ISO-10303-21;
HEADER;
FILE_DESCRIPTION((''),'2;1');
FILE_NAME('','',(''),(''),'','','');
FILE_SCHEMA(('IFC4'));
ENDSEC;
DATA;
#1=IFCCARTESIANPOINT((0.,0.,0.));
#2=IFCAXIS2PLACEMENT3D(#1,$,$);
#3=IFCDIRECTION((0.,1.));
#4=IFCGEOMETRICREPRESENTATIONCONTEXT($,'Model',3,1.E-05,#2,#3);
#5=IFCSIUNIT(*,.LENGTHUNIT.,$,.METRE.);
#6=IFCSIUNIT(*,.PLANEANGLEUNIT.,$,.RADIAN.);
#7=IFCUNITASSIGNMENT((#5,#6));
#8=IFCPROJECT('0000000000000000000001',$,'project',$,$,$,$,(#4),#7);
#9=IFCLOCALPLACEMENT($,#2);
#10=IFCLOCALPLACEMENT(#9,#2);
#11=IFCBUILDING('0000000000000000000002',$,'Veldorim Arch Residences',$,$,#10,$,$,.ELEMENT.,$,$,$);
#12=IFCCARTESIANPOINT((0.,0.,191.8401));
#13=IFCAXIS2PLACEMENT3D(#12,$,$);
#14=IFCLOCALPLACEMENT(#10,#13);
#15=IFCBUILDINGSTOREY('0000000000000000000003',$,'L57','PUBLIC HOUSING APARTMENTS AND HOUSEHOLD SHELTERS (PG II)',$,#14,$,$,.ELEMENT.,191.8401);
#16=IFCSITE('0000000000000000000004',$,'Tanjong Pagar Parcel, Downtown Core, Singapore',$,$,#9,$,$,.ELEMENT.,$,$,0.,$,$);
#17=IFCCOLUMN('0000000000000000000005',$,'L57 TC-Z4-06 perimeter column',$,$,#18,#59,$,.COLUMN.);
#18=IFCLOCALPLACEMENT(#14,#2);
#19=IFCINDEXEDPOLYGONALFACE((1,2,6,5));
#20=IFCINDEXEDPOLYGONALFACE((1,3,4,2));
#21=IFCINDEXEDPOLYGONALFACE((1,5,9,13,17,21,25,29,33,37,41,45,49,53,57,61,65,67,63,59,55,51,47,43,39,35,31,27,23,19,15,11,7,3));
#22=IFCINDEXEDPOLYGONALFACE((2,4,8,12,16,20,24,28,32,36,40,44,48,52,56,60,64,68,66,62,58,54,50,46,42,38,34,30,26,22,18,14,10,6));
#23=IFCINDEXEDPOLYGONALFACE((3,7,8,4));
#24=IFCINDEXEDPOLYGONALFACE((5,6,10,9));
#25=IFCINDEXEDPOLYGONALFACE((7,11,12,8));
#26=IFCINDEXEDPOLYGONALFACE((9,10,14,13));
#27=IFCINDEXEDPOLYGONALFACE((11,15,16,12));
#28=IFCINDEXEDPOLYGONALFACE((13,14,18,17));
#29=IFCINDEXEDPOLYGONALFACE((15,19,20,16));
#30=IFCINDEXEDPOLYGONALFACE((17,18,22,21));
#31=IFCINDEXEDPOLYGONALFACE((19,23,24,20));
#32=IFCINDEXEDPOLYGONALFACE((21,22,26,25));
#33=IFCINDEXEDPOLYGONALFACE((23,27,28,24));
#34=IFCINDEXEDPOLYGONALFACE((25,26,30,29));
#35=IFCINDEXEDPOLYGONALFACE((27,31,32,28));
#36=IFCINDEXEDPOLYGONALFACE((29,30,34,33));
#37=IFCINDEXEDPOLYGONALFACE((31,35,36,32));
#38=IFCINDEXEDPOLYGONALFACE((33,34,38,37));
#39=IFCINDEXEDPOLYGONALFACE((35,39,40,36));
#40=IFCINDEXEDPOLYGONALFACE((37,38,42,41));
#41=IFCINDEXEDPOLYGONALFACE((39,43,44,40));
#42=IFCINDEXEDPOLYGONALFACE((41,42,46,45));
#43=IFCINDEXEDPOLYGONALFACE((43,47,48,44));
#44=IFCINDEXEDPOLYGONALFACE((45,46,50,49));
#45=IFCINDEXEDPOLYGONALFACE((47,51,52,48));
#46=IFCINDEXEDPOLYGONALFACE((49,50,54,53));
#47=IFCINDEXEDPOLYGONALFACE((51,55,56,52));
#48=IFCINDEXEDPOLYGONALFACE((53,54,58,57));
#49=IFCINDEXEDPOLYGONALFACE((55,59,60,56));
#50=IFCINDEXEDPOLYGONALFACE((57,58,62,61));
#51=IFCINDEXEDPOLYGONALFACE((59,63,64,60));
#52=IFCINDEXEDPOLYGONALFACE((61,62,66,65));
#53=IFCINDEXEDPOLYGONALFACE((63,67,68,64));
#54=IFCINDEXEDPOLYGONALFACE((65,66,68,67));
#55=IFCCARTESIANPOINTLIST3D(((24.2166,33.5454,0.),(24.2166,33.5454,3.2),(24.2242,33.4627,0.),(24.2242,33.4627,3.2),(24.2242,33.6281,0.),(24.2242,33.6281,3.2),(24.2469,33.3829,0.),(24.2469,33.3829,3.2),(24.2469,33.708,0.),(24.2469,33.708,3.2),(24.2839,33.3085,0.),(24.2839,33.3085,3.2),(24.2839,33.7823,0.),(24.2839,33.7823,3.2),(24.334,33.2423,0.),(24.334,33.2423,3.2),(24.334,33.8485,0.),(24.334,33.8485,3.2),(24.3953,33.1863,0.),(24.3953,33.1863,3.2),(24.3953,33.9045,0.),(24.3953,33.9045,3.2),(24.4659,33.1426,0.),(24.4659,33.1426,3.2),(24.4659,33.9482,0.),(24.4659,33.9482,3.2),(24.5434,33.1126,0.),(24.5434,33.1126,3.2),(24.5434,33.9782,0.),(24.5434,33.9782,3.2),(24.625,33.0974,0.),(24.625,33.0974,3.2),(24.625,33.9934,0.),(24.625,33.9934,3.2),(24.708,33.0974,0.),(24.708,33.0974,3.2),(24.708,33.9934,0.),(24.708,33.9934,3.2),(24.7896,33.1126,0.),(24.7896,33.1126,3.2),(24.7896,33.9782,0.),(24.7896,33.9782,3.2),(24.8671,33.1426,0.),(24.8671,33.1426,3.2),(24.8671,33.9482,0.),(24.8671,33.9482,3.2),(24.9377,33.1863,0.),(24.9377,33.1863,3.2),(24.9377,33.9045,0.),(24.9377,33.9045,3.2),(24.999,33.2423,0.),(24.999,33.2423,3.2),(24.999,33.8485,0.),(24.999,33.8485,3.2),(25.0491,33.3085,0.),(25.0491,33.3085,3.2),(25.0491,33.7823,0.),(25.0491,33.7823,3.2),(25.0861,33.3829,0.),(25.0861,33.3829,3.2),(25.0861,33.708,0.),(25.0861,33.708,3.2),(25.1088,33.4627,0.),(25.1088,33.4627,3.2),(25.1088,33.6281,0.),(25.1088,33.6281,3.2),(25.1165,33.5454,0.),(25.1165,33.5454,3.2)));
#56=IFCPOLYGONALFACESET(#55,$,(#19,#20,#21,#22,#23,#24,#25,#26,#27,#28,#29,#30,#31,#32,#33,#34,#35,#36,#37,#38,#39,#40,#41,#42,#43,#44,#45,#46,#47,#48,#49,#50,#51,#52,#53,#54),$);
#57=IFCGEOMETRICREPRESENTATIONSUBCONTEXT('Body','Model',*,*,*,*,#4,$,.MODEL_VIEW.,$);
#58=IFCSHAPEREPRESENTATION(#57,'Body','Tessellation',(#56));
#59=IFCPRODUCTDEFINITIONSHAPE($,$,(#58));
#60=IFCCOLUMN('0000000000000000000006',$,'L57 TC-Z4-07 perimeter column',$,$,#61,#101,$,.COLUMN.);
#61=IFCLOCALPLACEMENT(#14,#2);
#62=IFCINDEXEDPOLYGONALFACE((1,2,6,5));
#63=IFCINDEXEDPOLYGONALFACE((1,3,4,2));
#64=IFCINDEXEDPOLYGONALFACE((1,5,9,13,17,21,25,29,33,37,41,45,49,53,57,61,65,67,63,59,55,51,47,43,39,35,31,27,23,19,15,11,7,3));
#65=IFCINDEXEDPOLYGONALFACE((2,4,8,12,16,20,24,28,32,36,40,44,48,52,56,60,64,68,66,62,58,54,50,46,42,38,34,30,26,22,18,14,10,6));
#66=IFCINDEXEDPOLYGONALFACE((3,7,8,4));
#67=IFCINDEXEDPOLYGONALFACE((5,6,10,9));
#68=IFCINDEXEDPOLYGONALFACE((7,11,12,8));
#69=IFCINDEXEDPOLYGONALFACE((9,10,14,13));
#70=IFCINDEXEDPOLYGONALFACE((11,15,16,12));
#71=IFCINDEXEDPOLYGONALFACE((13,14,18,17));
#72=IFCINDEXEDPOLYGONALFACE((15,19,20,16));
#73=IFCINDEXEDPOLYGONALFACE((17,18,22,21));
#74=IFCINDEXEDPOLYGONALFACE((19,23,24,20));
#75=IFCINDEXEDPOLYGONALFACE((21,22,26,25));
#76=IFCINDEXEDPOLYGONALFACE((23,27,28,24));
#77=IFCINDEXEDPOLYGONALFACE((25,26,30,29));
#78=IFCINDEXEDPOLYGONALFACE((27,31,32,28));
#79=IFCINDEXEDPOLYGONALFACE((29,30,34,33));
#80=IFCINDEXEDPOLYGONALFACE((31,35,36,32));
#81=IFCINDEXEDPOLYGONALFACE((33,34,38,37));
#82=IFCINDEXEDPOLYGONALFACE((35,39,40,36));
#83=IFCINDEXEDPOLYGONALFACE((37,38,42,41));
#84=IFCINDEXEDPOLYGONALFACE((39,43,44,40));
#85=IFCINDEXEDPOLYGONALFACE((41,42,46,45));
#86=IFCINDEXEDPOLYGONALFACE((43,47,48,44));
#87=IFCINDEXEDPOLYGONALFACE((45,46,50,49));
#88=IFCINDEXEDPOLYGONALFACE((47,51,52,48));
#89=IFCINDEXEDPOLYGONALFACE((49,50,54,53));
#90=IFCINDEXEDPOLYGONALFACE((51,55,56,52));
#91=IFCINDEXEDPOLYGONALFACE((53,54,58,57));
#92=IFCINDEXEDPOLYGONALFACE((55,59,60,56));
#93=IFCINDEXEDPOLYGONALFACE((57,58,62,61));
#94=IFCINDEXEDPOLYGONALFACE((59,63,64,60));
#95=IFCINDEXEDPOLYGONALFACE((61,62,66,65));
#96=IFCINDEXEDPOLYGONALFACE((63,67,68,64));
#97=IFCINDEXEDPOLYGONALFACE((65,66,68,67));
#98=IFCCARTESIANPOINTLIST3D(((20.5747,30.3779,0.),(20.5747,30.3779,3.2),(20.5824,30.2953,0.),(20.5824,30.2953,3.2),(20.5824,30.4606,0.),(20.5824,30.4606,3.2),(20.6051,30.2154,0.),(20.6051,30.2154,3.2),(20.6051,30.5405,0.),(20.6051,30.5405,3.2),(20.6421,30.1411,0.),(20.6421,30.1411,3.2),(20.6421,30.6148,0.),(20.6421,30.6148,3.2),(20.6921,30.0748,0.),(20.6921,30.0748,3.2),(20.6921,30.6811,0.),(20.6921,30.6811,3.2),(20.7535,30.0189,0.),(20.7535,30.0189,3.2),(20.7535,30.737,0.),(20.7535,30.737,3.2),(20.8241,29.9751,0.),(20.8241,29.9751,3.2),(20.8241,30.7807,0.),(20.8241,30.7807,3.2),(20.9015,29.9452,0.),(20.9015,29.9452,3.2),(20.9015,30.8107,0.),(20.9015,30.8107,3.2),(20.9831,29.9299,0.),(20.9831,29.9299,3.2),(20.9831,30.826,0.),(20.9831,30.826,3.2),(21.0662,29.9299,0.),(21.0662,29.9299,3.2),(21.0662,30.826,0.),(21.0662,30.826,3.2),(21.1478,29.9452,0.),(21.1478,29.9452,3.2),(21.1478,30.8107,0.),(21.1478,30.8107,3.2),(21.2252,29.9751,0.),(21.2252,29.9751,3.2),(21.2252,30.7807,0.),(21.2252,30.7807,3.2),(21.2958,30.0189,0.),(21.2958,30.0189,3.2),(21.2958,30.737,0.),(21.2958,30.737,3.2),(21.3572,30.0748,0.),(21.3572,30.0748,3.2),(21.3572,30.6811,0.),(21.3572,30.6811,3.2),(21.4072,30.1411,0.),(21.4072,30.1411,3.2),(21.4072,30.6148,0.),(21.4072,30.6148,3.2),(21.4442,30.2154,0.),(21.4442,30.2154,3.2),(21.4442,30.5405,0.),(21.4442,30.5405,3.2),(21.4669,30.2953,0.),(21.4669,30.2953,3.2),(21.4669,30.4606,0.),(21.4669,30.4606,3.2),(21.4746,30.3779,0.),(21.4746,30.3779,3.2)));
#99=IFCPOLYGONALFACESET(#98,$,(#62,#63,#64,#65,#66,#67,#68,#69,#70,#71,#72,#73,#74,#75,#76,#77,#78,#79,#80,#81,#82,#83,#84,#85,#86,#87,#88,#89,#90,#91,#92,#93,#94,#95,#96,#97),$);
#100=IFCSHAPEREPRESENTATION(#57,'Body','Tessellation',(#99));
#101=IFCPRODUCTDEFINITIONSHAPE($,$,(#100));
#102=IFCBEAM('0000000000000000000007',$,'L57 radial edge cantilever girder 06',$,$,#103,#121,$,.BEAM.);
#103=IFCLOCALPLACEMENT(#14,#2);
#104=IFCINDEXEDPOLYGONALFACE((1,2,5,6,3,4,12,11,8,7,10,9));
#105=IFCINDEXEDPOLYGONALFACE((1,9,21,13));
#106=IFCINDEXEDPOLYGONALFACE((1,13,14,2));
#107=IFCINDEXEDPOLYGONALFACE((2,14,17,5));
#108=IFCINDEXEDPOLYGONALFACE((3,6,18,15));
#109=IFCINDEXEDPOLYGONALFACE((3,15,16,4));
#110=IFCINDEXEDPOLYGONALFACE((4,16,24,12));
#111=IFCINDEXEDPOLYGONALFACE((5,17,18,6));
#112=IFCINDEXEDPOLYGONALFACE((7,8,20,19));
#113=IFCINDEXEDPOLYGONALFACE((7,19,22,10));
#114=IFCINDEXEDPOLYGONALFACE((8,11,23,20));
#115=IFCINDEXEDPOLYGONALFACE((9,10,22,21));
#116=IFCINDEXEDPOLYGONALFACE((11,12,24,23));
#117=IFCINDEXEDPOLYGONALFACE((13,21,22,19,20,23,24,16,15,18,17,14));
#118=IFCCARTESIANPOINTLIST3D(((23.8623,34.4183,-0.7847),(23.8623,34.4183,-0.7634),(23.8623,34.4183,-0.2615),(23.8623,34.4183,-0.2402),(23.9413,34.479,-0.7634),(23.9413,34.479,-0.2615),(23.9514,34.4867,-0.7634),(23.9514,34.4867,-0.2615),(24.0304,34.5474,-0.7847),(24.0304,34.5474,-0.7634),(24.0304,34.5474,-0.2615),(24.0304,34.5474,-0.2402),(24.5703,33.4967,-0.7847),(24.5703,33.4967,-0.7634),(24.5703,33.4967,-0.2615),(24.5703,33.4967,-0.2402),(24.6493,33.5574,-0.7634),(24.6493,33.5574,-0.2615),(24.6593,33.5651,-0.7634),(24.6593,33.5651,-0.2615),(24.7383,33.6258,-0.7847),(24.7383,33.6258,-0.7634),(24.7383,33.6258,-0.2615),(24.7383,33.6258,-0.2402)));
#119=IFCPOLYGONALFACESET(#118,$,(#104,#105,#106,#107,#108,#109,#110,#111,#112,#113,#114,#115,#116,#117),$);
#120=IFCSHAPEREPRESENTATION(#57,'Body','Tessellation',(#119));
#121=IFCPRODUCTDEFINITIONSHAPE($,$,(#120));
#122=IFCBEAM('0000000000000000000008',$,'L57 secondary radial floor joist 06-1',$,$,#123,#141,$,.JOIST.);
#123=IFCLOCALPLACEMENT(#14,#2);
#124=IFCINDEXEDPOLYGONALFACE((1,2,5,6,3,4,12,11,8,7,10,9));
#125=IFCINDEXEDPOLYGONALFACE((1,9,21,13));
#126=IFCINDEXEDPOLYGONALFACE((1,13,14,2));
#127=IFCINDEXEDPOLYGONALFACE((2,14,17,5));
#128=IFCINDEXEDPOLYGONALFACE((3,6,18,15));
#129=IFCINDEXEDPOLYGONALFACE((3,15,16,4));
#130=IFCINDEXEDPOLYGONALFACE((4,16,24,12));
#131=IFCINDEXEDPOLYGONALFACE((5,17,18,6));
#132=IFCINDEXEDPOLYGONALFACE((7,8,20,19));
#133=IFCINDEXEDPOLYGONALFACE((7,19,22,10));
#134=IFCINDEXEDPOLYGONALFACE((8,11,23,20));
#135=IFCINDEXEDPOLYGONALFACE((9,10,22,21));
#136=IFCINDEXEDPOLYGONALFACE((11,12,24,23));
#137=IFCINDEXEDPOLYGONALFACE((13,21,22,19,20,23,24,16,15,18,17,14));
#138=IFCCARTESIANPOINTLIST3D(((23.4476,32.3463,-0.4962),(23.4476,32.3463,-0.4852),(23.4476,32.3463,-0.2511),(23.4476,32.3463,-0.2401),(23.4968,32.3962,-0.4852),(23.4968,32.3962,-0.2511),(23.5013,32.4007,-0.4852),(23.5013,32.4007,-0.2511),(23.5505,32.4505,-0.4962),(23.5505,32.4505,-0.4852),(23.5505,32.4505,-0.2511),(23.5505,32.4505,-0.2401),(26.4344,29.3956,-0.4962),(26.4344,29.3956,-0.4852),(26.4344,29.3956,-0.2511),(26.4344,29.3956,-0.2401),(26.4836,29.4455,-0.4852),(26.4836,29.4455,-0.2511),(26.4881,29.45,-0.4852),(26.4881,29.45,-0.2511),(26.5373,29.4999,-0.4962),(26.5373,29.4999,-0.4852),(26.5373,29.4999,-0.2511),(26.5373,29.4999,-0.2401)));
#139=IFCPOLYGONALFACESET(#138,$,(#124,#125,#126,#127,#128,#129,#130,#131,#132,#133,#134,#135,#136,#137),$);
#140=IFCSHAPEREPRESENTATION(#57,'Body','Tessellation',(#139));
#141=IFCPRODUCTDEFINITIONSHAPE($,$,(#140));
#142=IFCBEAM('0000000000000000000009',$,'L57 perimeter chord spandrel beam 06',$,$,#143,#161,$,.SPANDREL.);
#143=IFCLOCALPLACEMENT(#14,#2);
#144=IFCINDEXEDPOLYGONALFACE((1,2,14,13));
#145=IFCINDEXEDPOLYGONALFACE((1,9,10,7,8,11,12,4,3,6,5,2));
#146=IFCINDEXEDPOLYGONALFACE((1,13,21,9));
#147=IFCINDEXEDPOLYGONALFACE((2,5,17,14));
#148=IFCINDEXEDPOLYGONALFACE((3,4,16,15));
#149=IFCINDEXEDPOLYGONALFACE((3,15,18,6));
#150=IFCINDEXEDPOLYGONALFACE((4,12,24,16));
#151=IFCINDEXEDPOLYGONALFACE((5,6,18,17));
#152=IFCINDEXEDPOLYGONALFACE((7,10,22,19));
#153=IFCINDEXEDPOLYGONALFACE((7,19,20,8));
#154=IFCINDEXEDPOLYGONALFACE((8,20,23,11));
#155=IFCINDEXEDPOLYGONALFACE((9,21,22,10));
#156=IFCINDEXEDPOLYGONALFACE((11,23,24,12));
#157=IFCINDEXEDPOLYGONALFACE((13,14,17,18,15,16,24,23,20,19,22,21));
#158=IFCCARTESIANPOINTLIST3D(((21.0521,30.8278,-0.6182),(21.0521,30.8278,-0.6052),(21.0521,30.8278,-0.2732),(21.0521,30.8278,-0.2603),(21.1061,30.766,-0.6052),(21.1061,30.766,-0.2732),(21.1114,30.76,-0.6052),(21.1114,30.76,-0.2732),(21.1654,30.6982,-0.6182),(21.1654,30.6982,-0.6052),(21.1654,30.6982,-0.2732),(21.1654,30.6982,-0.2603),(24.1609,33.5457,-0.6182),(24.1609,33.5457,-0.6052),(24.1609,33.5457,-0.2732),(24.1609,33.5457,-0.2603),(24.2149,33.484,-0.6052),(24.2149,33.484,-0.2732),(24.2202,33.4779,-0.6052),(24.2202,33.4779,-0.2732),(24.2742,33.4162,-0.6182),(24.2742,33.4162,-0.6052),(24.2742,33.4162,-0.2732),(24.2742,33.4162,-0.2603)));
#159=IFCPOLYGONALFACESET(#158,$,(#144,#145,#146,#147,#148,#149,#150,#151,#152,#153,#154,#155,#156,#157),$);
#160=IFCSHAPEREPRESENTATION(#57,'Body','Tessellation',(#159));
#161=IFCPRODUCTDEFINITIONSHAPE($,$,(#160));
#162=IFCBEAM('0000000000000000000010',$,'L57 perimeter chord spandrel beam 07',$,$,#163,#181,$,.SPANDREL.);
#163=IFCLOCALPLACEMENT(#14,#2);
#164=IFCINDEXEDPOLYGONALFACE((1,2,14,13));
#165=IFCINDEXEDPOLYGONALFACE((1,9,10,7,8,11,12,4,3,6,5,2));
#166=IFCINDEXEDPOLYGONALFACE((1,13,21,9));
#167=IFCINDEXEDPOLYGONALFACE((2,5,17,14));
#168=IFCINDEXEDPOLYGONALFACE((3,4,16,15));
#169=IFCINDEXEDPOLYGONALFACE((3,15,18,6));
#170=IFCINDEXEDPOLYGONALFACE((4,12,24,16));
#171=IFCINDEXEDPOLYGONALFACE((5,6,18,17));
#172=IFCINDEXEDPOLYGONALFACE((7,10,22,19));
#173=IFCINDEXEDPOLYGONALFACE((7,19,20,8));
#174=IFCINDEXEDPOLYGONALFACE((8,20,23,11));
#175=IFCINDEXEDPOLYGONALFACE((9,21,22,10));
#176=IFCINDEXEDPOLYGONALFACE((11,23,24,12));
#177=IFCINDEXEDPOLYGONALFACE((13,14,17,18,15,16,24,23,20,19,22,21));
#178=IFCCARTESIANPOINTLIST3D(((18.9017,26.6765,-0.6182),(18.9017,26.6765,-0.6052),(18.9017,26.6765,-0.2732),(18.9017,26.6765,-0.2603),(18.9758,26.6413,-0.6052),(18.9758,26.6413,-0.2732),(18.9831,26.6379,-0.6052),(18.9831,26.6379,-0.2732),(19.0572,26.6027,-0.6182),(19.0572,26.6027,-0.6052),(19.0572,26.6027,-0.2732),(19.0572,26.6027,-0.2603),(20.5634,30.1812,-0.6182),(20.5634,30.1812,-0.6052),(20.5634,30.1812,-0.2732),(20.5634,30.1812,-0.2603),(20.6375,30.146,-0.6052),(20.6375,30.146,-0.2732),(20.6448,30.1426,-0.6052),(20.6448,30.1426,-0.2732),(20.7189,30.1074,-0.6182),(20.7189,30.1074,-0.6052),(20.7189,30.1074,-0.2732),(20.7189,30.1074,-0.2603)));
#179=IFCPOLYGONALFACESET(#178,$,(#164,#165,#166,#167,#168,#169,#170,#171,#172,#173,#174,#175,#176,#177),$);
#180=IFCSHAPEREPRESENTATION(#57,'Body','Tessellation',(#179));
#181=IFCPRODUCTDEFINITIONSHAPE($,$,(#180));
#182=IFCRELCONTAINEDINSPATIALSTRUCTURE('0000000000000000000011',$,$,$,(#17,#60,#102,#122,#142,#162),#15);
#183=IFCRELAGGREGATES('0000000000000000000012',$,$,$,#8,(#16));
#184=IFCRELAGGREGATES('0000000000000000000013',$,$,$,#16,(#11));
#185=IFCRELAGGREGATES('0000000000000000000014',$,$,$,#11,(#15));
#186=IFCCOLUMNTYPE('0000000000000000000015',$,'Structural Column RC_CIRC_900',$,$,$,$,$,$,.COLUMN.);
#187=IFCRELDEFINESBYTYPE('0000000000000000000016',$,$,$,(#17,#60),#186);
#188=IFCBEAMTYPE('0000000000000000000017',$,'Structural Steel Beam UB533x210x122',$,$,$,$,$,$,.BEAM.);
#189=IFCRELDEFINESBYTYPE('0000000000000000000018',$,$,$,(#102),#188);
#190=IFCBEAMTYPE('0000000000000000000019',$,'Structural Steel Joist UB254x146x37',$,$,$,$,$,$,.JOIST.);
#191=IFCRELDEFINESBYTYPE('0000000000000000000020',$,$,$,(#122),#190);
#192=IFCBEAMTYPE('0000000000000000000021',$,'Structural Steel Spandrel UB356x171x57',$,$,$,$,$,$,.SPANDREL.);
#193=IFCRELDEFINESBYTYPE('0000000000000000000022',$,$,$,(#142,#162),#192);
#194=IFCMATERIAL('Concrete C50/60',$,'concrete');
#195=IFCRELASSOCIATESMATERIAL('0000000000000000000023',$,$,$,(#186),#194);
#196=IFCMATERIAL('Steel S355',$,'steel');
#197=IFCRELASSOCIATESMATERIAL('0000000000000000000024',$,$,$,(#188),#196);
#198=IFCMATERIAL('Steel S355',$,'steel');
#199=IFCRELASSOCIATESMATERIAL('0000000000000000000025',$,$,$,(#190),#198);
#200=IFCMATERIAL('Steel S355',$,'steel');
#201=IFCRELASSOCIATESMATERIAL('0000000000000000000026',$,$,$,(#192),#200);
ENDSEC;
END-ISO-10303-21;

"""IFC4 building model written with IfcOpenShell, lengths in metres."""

from ifc_helpers import new_model, si_unit, direction, frame, origin, origin_2d, place, context, subcontext, project, spatial, circle, i_section, extrude, material, material_profile, profile_set, type_object, element, save


model = new_model("IFC4")

# Units and contexts
model_context = context("Model", 3, precision=1e-05, world=origin(), true_north=direction((0.0, 1.0)))
body_context = subcontext(model_context, "Body", "Model", "MODEL_VIEW")
ifc_project = project(units=[si_unit("LENGTHUNIT", "METRE"), si_unit("PLANEANGLEUNIT", "RADIAN")], contexts=[model_context])

# Site, building, storey
site_placement = place(None, origin())
site = spatial("IfcSite", under=ifc_project, at=site_placement, Name="Tanjong Pagar Parcel, Downtown Core, Singapore", CompositionType="ELEMENT", RefElevation=0.0)
building_placement = place(site_placement, origin())
building = spatial("IfcBuilding", under=site, at=building_placement, Name="Veldorim Arch Residences", CompositionType="ELEMENT")
storey_placement = place(building_placement, frame((0.0, 0.0, 191.8401)))
storey = spatial("IfcBuildingStorey", under=building, at=storey_placement, Name="L57", Description="PUBLIC HOUSING APARTMENTS AND HOUSEHOLD SHELTERS (PG II)", CompositionType="ELEMENT", Elevation=191.8401)

# Columns
ifc_material_1 = material(Name="Concrete C50/60", Category="concrete")
ifc_material_profile_1 = material_profile(ifc_material_1, circle(Radius=0.45, at=origin_2d()), Name="RC_CIRC_900")
ifc_profile_set_1 = profile_set([ifc_material_profile_1], Name="Concrete C50/60")
column_type = type_object("IfcColumnType", Name="Structural Column RC_CIRC_900", PredefinedType="COLUMN", material=ifc_profile_set_1)
for number, where, z_axis, x_axis, name in (
    (1, (24.6665, 33.5454, 0.0), (0.0, 0.0, 1.0), (1.0, 0.0, 0.0), "L57 TC-Z4-06 perimeter column"),
    (2, (21.0247, 30.3779, 0.0), (0.0, 0.0, 1.0), (1.0, 0.0, 0.0), "L57 TC-Z4-07 perimeter column"),
):
    element("IfcColumn", number, at=place(storey_placement, frame(where, z_axis=z_axis, x_axis=x_axis)), inside=storey, type_object=column_type, Name=name, PredefinedType="COLUMN", context=body_context, shape_type="SweptSolid", body=[
        extrude(circle(Radius=0.45, at=origin_2d()), origin(), (0.0, 0.0, 1.0), 3.2),
    ])

# Beams
ifc_material_2 = material(Name="Steel S355", Category="steel")
ifc_material_profile_2 = material_profile(ifc_material_2, i_section(OverallWidth=0.2119, OverallDepth=0.5444, WebThickness=0.0127, FlangeThickness=0.0212, at=origin_2d()), Name="UB533x210x122")
ifc_profile_set_2 = profile_set([ifc_material_profile_2], Name="Steel S355")
beam_type_1 = type_object("IfcBeamType", Name="Structural Steel Beam UB533x210x122", PredefinedType="BEAM", material=ifc_profile_set_2)
beam_1_placement = place(storey_placement, frame((24.6543, 33.5613, -0.5125), z_axis=(-0.609203, 0.793014, 0.0), x_axis=(-0.793014, -0.609203, 0.0)))
element("IfcBeam", 3, at=beam_1_placement, inside=storey, type_object=beam_type_1, Name="L57 radial edge cantilever girder 06", PredefinedType="BEAM", context=body_context, shape_type="SweptSolid", body=[
    extrude(i_section(OverallWidth=0.2119, OverallDepth=0.5444, WebThickness=0.0127, FlangeThickness=0.0212, at=origin_2d()), origin(), (0.0, 0.0, 1.0), 1.1621),
])
ifc_material_3 = material(Name="Steel S355", Category="steel")
ifc_material_profile_3 = material_profile(ifc_material_3, i_section(OverallWidth=0.1465, OverallDepth=0.2561, WebThickness=0.0063, FlangeThickness=0.011, at=origin_2d()), Name="UB254x146x37")
ifc_profile_set_3 = profile_set([ifc_material_profile_3], Name="Steel S355")
beam_type_2 = type_object("IfcBeamType", Name="Structural Steel Joist UB254x146x37", PredefinedType="JOIST", material=ifc_profile_set_3)
beam_2_placement = place(storey_placement, frame((26.4858, 29.4478, -0.3682), z_axis=(-0.711397, 0.702791, 0.0), x_axis=(-0.702791, -0.711397, 0.0)))
element("IfcBeam", 4, at=beam_2_placement, inside=storey, type_object=beam_type_2, Name="L57 secondary radial floor joist 06-1", PredefinedType="JOIST", context=body_context, shape_type="SweptSolid", body=[
    extrude(i_section(OverallWidth=0.1465, OverallDepth=0.2561, WebThickness=0.0063, FlangeThickness=0.011, at=origin_2d()), origin(), (0.0, 0.0, 1.0), 4.1985),
])
ifc_material_4 = material(Name="Steel S355", Category="steel")
ifc_material_profile_4 = material_profile(ifc_material_4, i_section(OverallWidth=0.1721, OverallDepth=0.3579, WebThickness=0.0081, FlangeThickness=0.0129, at=origin_2d()), Name="UB356x171x57")
ifc_profile_set_4 = profile_set([ifc_material_profile_4], Name="Steel S355")
beam_type_3 = type_object("IfcBeamType", Name="Structural Steel Spandrel UB356x171x57", PredefinedType="SPANDREL", material=ifc_profile_set_4)
beam_3_placement = place(storey_placement, frame((24.2175, 33.481, -0.4392), z_axis=(-0.752848, -0.658195, 0.0), x_axis=(0.658195, -0.752848, 0.0)))
element("IfcBeam", 5, at=beam_3_placement, inside=storey, type_object=beam_type_3, Name="L57 perimeter chord spandrel beam 06", PredefinedType="SPANDREL", context=body_context, shape_type="SweptSolid", body=[
    extrude(i_section(OverallWidth=0.1721, OverallDepth=0.3579, WebThickness=0.0081, FlangeThickness=0.0129, at=origin_2d()), origin(), (0.0, 0.0, 1.0), 4.1294),
])
beam_4_placement = place(storey_placement, frame((20.6411, 30.1443, -0.4392), z_axis=(-0.428408, -0.903585, 0.0), x_axis=(0.903585, -0.428408, 0.0)))
element("IfcBeam", 6, at=beam_4_placement, inside=storey, type_object=beam_type_3, Name="L57 perimeter chord spandrel beam 07", PredefinedType="SPANDREL", context=body_context, shape_type="SweptSolid", body=[
    extrude(i_section(OverallWidth=0.1721, OverallDepth=0.3579, WebThickness=0.0081, FlangeThickness=0.0129, at=origin_2d()), origin(), (0.0, 0.0, 1.0), 3.8787),
])

save(model, "model.ifc")
